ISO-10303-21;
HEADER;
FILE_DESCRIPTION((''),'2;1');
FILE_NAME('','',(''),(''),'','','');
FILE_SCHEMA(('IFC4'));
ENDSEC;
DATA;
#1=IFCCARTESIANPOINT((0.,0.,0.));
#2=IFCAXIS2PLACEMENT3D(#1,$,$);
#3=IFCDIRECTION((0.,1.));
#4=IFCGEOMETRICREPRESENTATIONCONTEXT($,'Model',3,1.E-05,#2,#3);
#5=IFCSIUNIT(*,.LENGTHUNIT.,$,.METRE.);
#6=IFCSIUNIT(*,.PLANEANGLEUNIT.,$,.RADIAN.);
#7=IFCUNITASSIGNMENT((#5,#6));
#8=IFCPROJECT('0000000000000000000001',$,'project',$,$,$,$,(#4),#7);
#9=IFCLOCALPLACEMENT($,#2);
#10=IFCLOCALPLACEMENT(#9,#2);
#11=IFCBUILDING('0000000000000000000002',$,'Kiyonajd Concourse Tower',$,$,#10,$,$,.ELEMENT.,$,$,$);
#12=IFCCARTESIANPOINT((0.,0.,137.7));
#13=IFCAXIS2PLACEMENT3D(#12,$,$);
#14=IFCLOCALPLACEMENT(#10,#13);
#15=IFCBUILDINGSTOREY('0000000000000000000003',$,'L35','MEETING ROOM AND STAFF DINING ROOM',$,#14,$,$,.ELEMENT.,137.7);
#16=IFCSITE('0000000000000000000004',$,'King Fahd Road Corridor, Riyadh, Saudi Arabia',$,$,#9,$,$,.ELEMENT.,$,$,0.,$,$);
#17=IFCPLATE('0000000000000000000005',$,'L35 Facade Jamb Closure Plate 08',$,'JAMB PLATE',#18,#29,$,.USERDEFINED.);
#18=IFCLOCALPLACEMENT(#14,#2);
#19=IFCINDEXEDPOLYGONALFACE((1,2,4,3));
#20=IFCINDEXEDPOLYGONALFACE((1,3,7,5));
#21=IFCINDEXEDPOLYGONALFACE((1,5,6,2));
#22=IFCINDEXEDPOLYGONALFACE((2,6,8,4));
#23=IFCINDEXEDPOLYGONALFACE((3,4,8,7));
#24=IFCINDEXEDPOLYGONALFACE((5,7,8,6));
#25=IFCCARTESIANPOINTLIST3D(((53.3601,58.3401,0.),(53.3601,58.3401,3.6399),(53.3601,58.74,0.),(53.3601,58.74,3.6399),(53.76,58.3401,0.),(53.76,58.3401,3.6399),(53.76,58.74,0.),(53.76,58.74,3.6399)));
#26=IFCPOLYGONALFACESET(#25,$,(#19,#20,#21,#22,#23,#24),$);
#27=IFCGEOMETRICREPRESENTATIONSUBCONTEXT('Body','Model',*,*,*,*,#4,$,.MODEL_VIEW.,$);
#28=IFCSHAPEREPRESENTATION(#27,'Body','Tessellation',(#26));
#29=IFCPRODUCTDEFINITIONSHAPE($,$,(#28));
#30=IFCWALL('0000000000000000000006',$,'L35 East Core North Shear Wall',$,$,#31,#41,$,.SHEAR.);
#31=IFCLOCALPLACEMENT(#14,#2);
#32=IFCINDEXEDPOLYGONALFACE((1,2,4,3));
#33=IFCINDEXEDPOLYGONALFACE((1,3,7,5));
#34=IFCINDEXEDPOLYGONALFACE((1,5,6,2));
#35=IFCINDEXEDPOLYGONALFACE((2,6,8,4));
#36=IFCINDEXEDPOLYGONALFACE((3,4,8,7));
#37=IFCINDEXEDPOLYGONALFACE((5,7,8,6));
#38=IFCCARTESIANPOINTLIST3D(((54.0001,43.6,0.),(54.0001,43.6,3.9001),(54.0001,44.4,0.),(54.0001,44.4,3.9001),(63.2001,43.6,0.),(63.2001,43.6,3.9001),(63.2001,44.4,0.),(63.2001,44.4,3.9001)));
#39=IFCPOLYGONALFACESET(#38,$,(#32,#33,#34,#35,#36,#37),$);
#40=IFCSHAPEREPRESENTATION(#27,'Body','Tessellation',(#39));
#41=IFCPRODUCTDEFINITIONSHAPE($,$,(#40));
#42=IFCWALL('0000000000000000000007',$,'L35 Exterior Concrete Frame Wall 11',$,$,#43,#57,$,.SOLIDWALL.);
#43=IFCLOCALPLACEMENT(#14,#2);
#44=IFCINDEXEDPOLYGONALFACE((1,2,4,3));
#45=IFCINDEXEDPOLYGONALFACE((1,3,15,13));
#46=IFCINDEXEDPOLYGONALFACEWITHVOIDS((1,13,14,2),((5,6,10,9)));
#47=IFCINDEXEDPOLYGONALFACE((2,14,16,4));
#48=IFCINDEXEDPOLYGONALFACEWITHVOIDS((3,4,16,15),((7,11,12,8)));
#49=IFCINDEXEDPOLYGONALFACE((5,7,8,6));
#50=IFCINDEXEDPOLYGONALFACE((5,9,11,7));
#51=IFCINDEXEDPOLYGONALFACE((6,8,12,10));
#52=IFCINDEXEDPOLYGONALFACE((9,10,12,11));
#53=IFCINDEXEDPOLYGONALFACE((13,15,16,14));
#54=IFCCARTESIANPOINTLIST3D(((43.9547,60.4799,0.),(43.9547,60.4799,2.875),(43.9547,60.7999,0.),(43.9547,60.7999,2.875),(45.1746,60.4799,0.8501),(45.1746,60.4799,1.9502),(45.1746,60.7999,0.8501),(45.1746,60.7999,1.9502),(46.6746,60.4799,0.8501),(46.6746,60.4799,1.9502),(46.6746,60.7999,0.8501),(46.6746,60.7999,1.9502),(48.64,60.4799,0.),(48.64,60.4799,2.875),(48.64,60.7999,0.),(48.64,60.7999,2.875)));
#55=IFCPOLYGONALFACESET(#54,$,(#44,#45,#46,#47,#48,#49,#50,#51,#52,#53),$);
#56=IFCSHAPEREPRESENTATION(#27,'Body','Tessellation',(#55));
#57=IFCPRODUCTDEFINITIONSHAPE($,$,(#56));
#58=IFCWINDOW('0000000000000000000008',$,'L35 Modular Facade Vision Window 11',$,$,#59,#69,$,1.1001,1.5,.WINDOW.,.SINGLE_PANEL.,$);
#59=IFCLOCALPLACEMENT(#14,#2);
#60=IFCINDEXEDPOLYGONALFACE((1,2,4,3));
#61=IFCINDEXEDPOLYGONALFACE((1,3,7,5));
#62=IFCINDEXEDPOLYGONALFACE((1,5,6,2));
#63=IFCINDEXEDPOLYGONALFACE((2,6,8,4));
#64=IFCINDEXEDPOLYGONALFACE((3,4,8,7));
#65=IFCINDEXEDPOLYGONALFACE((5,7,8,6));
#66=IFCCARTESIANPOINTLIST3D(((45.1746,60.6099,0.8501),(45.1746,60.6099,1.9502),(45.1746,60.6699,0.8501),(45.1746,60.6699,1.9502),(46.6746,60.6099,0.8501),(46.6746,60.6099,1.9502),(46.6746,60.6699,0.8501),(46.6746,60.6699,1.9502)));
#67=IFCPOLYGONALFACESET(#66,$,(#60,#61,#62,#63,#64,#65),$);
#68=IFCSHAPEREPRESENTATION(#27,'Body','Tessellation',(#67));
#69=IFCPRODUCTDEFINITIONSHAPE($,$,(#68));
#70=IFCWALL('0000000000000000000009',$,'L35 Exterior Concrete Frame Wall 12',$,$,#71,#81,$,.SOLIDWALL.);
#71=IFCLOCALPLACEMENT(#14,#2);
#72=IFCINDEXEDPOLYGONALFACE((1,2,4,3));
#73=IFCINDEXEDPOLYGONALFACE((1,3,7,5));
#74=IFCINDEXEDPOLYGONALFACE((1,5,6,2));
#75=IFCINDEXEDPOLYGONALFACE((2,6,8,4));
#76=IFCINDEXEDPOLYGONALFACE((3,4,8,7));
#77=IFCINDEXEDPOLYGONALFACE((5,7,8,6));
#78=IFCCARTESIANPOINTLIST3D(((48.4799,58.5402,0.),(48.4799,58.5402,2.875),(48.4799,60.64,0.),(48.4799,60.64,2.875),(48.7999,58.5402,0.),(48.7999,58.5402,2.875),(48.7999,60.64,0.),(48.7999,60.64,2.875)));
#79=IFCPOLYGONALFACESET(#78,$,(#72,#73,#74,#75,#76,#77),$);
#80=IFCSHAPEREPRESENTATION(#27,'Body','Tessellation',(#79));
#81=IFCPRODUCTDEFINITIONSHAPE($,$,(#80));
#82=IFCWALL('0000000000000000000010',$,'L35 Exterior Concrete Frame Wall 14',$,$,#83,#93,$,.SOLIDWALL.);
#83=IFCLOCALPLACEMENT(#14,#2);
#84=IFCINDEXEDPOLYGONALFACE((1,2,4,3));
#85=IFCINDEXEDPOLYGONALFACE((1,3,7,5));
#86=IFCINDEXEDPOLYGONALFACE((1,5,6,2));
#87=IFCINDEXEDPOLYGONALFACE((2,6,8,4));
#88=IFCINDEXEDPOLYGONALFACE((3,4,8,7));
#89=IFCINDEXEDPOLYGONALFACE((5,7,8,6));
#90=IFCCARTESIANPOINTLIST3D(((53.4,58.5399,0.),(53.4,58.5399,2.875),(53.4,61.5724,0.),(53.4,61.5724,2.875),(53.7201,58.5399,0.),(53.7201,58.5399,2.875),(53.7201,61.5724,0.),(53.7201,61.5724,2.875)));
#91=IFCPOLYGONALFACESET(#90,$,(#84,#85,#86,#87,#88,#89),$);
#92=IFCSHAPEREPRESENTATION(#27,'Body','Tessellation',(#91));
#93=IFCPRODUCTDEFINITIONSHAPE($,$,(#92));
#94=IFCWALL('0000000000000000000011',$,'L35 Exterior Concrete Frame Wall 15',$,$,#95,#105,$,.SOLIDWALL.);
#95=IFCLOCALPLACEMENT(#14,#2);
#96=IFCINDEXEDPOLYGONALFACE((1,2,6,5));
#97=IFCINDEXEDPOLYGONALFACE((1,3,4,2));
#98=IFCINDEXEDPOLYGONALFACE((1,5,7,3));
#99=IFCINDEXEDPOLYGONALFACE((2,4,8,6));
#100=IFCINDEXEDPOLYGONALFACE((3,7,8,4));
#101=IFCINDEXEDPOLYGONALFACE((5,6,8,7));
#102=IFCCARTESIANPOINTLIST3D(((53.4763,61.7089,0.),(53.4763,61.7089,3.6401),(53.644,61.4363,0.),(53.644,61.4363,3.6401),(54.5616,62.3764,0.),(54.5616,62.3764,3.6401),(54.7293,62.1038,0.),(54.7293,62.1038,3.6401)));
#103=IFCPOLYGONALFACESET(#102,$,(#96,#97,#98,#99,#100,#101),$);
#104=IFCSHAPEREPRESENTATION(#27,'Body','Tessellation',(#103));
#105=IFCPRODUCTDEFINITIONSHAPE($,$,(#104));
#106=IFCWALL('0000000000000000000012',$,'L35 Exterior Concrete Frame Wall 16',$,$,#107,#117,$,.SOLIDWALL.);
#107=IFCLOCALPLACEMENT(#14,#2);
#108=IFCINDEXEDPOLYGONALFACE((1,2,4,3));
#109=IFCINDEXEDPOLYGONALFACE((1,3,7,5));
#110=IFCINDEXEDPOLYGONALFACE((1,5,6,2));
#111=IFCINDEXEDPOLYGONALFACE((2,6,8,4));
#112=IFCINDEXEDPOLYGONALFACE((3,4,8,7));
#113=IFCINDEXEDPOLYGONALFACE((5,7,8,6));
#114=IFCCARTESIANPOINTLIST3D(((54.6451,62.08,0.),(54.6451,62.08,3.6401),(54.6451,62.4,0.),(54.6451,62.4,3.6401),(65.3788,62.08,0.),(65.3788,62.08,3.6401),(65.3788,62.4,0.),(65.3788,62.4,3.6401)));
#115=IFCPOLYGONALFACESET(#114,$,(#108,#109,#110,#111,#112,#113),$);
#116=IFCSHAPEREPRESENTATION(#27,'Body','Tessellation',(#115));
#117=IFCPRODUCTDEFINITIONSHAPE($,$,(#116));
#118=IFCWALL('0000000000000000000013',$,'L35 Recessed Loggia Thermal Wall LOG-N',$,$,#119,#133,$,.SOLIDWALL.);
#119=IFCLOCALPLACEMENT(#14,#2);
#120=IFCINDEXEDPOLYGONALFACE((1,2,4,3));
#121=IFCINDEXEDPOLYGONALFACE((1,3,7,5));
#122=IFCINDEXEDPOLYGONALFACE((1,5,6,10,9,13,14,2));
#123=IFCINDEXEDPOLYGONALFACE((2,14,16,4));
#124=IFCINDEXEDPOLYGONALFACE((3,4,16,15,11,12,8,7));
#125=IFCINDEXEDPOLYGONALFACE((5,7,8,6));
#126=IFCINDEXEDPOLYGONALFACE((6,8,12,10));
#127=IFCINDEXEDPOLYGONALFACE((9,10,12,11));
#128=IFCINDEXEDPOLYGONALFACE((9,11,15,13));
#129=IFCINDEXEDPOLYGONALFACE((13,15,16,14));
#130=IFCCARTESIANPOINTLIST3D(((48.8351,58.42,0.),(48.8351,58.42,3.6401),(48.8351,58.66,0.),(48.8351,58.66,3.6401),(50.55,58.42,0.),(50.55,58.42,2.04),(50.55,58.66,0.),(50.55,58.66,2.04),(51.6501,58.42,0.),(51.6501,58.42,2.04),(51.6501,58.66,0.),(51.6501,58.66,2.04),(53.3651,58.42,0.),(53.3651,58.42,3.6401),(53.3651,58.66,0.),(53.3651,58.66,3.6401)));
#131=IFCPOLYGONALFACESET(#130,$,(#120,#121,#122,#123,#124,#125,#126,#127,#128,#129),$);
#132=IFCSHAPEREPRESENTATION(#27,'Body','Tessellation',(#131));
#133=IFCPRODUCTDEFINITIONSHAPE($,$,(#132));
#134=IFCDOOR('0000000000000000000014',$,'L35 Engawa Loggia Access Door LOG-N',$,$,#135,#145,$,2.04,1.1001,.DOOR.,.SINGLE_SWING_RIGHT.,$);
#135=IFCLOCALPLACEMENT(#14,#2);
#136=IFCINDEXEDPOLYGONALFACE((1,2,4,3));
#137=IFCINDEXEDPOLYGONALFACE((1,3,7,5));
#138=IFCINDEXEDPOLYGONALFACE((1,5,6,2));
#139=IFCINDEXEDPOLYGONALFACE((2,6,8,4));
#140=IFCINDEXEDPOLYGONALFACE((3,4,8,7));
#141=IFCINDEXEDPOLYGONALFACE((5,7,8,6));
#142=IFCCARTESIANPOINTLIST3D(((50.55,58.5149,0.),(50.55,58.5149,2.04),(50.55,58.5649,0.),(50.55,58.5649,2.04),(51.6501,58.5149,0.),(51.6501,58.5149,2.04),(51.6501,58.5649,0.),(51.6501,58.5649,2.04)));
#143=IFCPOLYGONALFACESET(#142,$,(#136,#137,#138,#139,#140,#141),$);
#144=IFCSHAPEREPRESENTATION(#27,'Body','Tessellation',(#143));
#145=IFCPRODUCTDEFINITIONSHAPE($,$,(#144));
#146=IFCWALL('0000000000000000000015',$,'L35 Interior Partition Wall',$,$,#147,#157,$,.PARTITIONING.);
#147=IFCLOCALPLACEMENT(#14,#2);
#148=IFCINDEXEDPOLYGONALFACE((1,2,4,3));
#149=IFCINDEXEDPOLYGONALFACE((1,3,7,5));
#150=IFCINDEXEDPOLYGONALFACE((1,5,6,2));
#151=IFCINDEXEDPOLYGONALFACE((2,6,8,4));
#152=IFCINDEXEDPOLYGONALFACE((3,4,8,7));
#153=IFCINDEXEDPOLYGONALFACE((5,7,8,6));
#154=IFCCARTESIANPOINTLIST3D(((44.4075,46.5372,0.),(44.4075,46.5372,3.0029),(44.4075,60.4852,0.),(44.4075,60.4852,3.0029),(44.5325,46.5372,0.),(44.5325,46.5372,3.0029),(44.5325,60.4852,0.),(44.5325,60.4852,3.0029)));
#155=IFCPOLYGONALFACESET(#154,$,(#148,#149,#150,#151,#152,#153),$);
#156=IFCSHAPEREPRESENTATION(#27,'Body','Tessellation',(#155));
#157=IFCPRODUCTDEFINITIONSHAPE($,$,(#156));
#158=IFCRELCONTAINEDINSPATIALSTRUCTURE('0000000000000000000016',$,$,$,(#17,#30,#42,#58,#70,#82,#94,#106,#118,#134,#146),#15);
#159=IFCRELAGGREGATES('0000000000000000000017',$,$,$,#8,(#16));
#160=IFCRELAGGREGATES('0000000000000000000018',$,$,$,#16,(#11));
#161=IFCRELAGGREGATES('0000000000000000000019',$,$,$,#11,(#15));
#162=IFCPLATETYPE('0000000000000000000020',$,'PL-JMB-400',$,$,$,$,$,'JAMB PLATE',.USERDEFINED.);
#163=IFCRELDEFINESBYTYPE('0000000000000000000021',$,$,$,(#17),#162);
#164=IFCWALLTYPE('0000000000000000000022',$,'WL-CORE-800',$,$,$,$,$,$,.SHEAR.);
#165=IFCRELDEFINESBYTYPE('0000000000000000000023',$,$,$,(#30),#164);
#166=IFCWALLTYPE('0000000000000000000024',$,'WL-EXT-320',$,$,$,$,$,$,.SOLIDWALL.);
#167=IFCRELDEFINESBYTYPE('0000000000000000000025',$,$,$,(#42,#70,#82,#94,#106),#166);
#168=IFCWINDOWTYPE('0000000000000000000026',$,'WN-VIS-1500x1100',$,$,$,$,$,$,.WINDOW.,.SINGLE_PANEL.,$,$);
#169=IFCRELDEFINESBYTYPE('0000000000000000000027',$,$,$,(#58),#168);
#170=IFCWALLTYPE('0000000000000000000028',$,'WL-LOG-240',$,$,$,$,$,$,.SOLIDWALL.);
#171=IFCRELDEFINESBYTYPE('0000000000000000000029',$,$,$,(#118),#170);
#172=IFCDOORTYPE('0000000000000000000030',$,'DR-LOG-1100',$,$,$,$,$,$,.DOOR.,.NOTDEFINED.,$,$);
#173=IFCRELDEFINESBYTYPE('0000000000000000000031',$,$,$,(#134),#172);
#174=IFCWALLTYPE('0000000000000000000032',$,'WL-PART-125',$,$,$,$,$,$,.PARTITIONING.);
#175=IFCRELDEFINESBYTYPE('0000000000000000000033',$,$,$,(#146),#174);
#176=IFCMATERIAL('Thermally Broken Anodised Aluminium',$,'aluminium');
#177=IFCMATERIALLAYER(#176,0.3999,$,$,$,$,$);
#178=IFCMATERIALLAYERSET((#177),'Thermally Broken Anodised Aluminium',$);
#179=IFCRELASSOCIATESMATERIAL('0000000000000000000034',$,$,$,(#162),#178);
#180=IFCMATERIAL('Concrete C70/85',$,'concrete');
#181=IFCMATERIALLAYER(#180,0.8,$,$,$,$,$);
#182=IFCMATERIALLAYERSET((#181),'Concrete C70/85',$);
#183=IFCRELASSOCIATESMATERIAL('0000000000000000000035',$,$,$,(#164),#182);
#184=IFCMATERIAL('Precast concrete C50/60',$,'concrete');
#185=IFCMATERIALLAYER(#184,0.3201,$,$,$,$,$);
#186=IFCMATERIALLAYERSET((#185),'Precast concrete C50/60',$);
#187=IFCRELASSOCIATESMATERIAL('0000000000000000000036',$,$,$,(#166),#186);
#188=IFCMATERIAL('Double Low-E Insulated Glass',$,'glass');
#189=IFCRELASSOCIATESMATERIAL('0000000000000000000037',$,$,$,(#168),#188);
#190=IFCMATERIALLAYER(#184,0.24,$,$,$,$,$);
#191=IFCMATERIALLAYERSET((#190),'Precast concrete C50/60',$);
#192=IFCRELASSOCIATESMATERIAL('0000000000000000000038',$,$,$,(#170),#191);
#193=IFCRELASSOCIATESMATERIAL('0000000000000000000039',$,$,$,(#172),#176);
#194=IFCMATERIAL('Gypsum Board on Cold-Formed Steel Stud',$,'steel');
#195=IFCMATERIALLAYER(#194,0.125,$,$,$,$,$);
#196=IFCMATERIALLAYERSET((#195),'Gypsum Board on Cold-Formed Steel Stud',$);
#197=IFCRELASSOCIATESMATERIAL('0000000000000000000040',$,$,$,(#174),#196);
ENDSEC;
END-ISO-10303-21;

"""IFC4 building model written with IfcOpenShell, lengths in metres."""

from ifc_helpers import new_model, si_unit, direction, frame, frame_2d, origin, origin_2d, place, context, subcontext, project, spatial, rectangle, extrude, material, layer, layer_set, type_object, element, fill, save


model = new_model("IFC4")

# Units and contexts
model_context = context("Model", 3, precision=1e-05, world=origin(), true_north=direction((0.0, 1.0)))
body_context = subcontext(model_context, "Body", "Model", "MODEL_VIEW")
ifc_project = project(units=[si_unit("LENGTHUNIT", "METRE"), si_unit("PLANEANGLEUNIT", "RADIAN")], contexts=[model_context])

# Site, building, storey
site_placement = place(None, origin())
site = spatial("IfcSite", under=ifc_project, at=site_placement, Name="King Fahd Road Corridor, Riyadh, Saudi Arabia", CompositionType="ELEMENT", RefElevation=0.0)
building_placement = place(site_placement, origin())
building = spatial("IfcBuilding", under=site, at=building_placement, Name="Kiyonajd Concourse Tower", CompositionType="ELEMENT")
storey_placement = place(building_placement, frame((0.0, 0.0, 137.7)))
storey = spatial("IfcBuildingStorey", under=building, at=storey_placement, Name="L35", Description="MEETING ROOM AND STAFF DINING ROOM", CompositionType="ELEMENT", Elevation=137.7)

# Shared definitions
ifc_material_1 = material(Name="Concrete C70/85", Category="concrete")

# Shared definitions
ifc_material_2 = material(Name="Precast concrete C50/60", Category="concrete")

# Plate
ifc_material_3 = material(Name="Thermally Broken Anodised Aluminium", Category="aluminium")
ifc_layer_1 = layer(ifc_material_3, 0.3999)
ifc_layer_set_1 = layer_set([ifc_layer_1], Name="Thermally Broken Anodised Aluminium")
plate_type = type_object("IfcPlateType", Name="PL-JMB-400", ElementType="JAMB PLATE", PredefinedType="USERDEFINED", material=ifc_layer_set_1)
for number, where, z_axis, x_axis, name in (
    (1, (53.5601, 58.54, 0.0), (0.0, 0.0, 1.0), (1.0, 0.0, 0.0), "L35 Facade Jamb Closure Plate 08"),
):
    element("IfcPlate", number, at=place(storey_placement, frame(where, z_axis=z_axis, x_axis=x_axis)), inside=storey, type_object=plate_type, Name=name, ObjectType="JAMB PLATE", PredefinedType="USERDEFINED", context=body_context, shape_type="SweptSolid", body=[
        extrude(rectangle(XDim=0.3999, YDim=0.3999, at=origin_2d()), origin(), (0.0, 0.0, 1.0), 3.6399),
    ])

# Wall
ifc_layer_2 = layer(ifc_material_1, 0.8)
ifc_layer_set_2 = layer_set([ifc_layer_2], Name="Concrete C70/85")
wall_type_1 = type_object("IfcWallType", Name="WL-CORE-800", PredefinedType="SHEAR", material=ifc_layer_set_2)
wall_1_placement = place(storey_placement, frame((54.0, 44.0, 0.0), z_axis=(0.0, 0.0, 1.0), x_axis=(1.0, 0.0, 0.0)))
element("IfcWall", 2, at=wall_1_placement, inside=storey, type_object=wall_type_1, Name="L35 East Core North Shear Wall", PredefinedType="SHEAR", context=body_context, shape_type="SweptSolid", body=[
    extrude(rectangle(XDim=9.2, YDim=0.8, at=frame_2d((4.6001, 0.0))), origin(), (0.0, 0.0, 1.0), 3.9001),
])

# Wall, opening, window
ifc_layer_3 = layer(ifc_material_2, 0.3201)
ifc_layer_set_3 = layer_set([ifc_layer_3], Name="Precast concrete C50/60")
wall_type_2 = type_object("IfcWallType", Name="WL-EXT-320", PredefinedType="SOLIDWALL", material=ifc_layer_set_3)
wall_2_placement = place(storey_placement, frame((43.9546, 60.6399, 0.0), z_axis=(0.0, 0.0, 1.0), x_axis=(1.0, 0.0, 0.0)))
wall_2 = element("IfcWall", 3, at=wall_2_placement, inside=storey, type_object=wall_type_2, Name="L35 Exterior Concrete Frame Wall 11", PredefinedType="SOLIDWALL", context=body_context, shape_type="SweptSolid", body=[
    extrude(rectangle(XDim=4.6853, YDim=0.3201, at=frame_2d((2.3428, 0.0))), origin(), (0.0, 0.0, 1.0), 2.875),
])
opening_1_placement = place(wall_2_placement, frame((1.22, 0.0, 0.8501)))
opening_1 = element("IfcOpeningElement", 4, at=opening_1_placement, cuts=wall_2, PredefinedType="OPENING", context=body_context, shape_type="SweptSolid", body=[
    extrude(rectangle(XDim=1.5, YDim=1.1001, at=frame_2d((0.75, 0.55))), frame((0.0, 0.1699, 0.0), z_axis=(0.0, -1.0, 0.0), x_axis=(1.0, 0.0, 0.0)), (0.0, 0.0, 1.0), 0.3401),
])
ifc_material_4 = material(Name="Double Low-E Insulated Glass", Category="glass")
window_type = type_object("IfcWindowType", Name="WN-VIS-1500x1100", PartitioningType="SINGLE_PANEL", PredefinedType="WINDOW", material=ifc_material_4)
window_placement = place(opening_1_placement, origin())
window = element("IfcWindow", 5, at=window_placement, inside=storey, type_object=window_type, Name="L35 Modular Facade Vision Window 11", OverallHeight=1.1001, OverallWidth=1.5, PartitioningType="SINGLE_PANEL", PredefinedType="WINDOW", context=body_context, shape_type="SweptSolid", body=[
    extrude(rectangle(XDim=1.5, YDim=1.1001, at=frame_2d((0.75, 0.55))), frame((0.0, 0.03, 0.0), z_axis=(0.0, -1.0, 0.0), x_axis=(1.0, 0.0, 0.0)), (0.0, 0.0, 1.0), 0.0601),
])
fill(opening_1, window)

# Walls
wall_3_placement = place(storey_placement, frame((48.6399, 60.6399, 0.0), z_axis=(0.0, 0.0, 1.0), x_axis=(0.0, -1.0, 0.0)))
element("IfcWall", 6, at=wall_3_placement, inside=storey, type_object=wall_type_2, Name="L35 Exterior Concrete Frame Wall 12", PredefinedType="SOLIDWALL", context=body_context, shape_type="SweptSolid", body=[
    extrude(rectangle(XDim=2.0999, YDim=0.3201, at=frame_2d((1.0498, 0.0))), origin(), (0.0, 0.0, 1.0), 2.875),
])
wall_4_placement = place(storey_placement, frame((53.5601, 58.54, 0.0), z_axis=(0.0, 0.0, 1.0), x_axis=(0.0, 1.0, 0.0)))
element("IfcWall", 7, at=wall_4_placement, inside=storey, type_object=wall_type_2, Name="L35 Exterior Concrete Frame Wall 14", PredefinedType="SOLIDWALL", context=body_context, shape_type="SweptSolid", body=[
    extrude(rectangle(XDim=3.0325, YDim=0.3201, at=frame_2d((1.5161, 0.0))), origin(), (0.0, 0.0, 1.0), 2.875),
])
wall_5_placement = place(storey_placement, frame((53.5601, 61.5725, 0.0), z_axis=(0.0, 0.0, 1.0), x_axis=(0.851777, 0.523905, 0.0)))
element("IfcWall", 8, at=wall_5_placement, inside=storey, type_object=wall_type_2, Name="L35 Exterior Concrete Frame Wall 15", PredefinedType="SOLIDWALL", context=body_context, shape_type="SweptSolid", body=[
    extrude(rectangle(XDim=1.2742, YDim=0.3201, at=frame_2d((0.6372, 0.0))), origin(), (0.0, 0.0, 1.0), 3.6401),
])
wall_6_placement = place(storey_placement, frame((54.6453, 62.24, 0.0), z_axis=(0.0, 0.0, 1.0), x_axis=(1.0, 0.0, 0.0)))
element("IfcWall", 9, at=wall_6_placement, inside=storey, type_object=wall_type_2, Name="L35 Exterior Concrete Frame Wall 16", PredefinedType="SOLIDWALL", context=body_context, shape_type="SweptSolid", body=[
    extrude(rectangle(XDim=10.7336, YDim=0.3201, at=frame_2d((5.3667, 0.0))), origin(), (0.0, 0.0, 1.0), 3.6401),
])

# Wall, opening, door
ifc_layer_4 = layer(ifc_material_2, 0.24)
ifc_layer_set_4 = layer_set([ifc_layer_4], Name="Precast concrete C50/60")
wall_type_3 = type_object("IfcWallType", Name="WL-LOG-240", PredefinedType="SOLIDWALL", material=ifc_layer_set_4)
wall_7_placement = place(storey_placement, frame((48.835, 58.54, 0.0), z_axis=(0.0, 0.0, 1.0), x_axis=(1.0, 0.0, 0.0)))
wall_7 = element("IfcWall", 10, at=wall_7_placement, inside=storey, type_object=wall_type_3, Name="L35 Recessed Loggia Thermal Wall LOG-N", PredefinedType="SOLIDWALL", context=body_context, shape_type="SweptSolid", body=[
    extrude(rectangle(XDim=4.53, YDim=0.24, at=frame_2d((2.2651, 0.0))), origin(), (0.0, 0.0, 1.0), 3.6401),
])
opening_2_placement = place(wall_7_placement, frame((1.7151, 0.0, 0.0)))
opening_2 = element("IfcOpeningElement", 11, at=opening_2_placement, cuts=wall_7, PredefinedType="OPENING", context=body_context, shape_type="SweptSolid", body=[
    extrude(rectangle(XDim=1.1001, YDim=2.04, at=frame_2d((0.55, 1.02))), frame((0.0, 0.1299, 0.0), z_axis=(0.0, -1.0, 0.0), x_axis=(1.0, 0.0, 0.0)), (0.0, 0.0, 1.0), 0.26),
])
door_type_1 = type_object("IfcDoorType", Name="DR-LOG-1100", OperationType="NOTDEFINED", PredefinedType="DOOR", material=ifc_material_3)
door_1_placement = place(opening_2_placement, origin())
door_1 = element("IfcDoor", 12, at=door_1_placement, inside=storey, type_object=door_type_1, Name="L35 Engawa Loggia Access Door LOG-N", OperationType="SINGLE_SWING_RIGHT", OverallHeight=2.04, OverallWidth=1.1001, PredefinedType="DOOR", context=body_context, shape_type="SweptSolid", body=[
    extrude(rectangle(XDim=1.1001, YDim=2.04, at=frame_2d((0.55, 1.02))), frame((0.0, 0.0249, 0.0), z_axis=(0.0, -1.0, 0.0), x_axis=(1.0, 0.0, 0.0)), (0.0, 0.0, 1.0), 0.05),
])
fill(opening_2, door_1)

# Wall
ifc_material_5 = material(Name="Gypsum Board on Cold-Formed Steel Stud", Category="steel")
ifc_layer_5 = layer(ifc_material_5, 0.125)
ifc_layer_set_5 = layer_set([ifc_layer_5], Name="Gypsum Board on Cold-Formed Steel Stud")
wall_type_4 = type_object("IfcWallType", Name="WL-PART-125", PredefinedType="PARTITIONING", material=ifc_layer_set_5)
wall_8_placement = place(storey_placement, frame((44.47, 46.5371, 0.0), z_axis=(0.0, 0.0, 1.0), x_axis=(0.0, 1.0, 0.0)))
element("IfcWall", 13, at=wall_8_placement, inside=storey, type_object=wall_type_4, Name="L35 Interior Partition Wall", PredefinedType="PARTITIONING", context=body_context, shape_type="SweptSolid", body=[
    extrude(rectangle(XDim=13.948, YDim=0.125, at=frame_2d((6.9741, 0.0))), origin(), (0.0, 0.0, 1.0), 3.0029),
])

save(model, "model.ifc")
